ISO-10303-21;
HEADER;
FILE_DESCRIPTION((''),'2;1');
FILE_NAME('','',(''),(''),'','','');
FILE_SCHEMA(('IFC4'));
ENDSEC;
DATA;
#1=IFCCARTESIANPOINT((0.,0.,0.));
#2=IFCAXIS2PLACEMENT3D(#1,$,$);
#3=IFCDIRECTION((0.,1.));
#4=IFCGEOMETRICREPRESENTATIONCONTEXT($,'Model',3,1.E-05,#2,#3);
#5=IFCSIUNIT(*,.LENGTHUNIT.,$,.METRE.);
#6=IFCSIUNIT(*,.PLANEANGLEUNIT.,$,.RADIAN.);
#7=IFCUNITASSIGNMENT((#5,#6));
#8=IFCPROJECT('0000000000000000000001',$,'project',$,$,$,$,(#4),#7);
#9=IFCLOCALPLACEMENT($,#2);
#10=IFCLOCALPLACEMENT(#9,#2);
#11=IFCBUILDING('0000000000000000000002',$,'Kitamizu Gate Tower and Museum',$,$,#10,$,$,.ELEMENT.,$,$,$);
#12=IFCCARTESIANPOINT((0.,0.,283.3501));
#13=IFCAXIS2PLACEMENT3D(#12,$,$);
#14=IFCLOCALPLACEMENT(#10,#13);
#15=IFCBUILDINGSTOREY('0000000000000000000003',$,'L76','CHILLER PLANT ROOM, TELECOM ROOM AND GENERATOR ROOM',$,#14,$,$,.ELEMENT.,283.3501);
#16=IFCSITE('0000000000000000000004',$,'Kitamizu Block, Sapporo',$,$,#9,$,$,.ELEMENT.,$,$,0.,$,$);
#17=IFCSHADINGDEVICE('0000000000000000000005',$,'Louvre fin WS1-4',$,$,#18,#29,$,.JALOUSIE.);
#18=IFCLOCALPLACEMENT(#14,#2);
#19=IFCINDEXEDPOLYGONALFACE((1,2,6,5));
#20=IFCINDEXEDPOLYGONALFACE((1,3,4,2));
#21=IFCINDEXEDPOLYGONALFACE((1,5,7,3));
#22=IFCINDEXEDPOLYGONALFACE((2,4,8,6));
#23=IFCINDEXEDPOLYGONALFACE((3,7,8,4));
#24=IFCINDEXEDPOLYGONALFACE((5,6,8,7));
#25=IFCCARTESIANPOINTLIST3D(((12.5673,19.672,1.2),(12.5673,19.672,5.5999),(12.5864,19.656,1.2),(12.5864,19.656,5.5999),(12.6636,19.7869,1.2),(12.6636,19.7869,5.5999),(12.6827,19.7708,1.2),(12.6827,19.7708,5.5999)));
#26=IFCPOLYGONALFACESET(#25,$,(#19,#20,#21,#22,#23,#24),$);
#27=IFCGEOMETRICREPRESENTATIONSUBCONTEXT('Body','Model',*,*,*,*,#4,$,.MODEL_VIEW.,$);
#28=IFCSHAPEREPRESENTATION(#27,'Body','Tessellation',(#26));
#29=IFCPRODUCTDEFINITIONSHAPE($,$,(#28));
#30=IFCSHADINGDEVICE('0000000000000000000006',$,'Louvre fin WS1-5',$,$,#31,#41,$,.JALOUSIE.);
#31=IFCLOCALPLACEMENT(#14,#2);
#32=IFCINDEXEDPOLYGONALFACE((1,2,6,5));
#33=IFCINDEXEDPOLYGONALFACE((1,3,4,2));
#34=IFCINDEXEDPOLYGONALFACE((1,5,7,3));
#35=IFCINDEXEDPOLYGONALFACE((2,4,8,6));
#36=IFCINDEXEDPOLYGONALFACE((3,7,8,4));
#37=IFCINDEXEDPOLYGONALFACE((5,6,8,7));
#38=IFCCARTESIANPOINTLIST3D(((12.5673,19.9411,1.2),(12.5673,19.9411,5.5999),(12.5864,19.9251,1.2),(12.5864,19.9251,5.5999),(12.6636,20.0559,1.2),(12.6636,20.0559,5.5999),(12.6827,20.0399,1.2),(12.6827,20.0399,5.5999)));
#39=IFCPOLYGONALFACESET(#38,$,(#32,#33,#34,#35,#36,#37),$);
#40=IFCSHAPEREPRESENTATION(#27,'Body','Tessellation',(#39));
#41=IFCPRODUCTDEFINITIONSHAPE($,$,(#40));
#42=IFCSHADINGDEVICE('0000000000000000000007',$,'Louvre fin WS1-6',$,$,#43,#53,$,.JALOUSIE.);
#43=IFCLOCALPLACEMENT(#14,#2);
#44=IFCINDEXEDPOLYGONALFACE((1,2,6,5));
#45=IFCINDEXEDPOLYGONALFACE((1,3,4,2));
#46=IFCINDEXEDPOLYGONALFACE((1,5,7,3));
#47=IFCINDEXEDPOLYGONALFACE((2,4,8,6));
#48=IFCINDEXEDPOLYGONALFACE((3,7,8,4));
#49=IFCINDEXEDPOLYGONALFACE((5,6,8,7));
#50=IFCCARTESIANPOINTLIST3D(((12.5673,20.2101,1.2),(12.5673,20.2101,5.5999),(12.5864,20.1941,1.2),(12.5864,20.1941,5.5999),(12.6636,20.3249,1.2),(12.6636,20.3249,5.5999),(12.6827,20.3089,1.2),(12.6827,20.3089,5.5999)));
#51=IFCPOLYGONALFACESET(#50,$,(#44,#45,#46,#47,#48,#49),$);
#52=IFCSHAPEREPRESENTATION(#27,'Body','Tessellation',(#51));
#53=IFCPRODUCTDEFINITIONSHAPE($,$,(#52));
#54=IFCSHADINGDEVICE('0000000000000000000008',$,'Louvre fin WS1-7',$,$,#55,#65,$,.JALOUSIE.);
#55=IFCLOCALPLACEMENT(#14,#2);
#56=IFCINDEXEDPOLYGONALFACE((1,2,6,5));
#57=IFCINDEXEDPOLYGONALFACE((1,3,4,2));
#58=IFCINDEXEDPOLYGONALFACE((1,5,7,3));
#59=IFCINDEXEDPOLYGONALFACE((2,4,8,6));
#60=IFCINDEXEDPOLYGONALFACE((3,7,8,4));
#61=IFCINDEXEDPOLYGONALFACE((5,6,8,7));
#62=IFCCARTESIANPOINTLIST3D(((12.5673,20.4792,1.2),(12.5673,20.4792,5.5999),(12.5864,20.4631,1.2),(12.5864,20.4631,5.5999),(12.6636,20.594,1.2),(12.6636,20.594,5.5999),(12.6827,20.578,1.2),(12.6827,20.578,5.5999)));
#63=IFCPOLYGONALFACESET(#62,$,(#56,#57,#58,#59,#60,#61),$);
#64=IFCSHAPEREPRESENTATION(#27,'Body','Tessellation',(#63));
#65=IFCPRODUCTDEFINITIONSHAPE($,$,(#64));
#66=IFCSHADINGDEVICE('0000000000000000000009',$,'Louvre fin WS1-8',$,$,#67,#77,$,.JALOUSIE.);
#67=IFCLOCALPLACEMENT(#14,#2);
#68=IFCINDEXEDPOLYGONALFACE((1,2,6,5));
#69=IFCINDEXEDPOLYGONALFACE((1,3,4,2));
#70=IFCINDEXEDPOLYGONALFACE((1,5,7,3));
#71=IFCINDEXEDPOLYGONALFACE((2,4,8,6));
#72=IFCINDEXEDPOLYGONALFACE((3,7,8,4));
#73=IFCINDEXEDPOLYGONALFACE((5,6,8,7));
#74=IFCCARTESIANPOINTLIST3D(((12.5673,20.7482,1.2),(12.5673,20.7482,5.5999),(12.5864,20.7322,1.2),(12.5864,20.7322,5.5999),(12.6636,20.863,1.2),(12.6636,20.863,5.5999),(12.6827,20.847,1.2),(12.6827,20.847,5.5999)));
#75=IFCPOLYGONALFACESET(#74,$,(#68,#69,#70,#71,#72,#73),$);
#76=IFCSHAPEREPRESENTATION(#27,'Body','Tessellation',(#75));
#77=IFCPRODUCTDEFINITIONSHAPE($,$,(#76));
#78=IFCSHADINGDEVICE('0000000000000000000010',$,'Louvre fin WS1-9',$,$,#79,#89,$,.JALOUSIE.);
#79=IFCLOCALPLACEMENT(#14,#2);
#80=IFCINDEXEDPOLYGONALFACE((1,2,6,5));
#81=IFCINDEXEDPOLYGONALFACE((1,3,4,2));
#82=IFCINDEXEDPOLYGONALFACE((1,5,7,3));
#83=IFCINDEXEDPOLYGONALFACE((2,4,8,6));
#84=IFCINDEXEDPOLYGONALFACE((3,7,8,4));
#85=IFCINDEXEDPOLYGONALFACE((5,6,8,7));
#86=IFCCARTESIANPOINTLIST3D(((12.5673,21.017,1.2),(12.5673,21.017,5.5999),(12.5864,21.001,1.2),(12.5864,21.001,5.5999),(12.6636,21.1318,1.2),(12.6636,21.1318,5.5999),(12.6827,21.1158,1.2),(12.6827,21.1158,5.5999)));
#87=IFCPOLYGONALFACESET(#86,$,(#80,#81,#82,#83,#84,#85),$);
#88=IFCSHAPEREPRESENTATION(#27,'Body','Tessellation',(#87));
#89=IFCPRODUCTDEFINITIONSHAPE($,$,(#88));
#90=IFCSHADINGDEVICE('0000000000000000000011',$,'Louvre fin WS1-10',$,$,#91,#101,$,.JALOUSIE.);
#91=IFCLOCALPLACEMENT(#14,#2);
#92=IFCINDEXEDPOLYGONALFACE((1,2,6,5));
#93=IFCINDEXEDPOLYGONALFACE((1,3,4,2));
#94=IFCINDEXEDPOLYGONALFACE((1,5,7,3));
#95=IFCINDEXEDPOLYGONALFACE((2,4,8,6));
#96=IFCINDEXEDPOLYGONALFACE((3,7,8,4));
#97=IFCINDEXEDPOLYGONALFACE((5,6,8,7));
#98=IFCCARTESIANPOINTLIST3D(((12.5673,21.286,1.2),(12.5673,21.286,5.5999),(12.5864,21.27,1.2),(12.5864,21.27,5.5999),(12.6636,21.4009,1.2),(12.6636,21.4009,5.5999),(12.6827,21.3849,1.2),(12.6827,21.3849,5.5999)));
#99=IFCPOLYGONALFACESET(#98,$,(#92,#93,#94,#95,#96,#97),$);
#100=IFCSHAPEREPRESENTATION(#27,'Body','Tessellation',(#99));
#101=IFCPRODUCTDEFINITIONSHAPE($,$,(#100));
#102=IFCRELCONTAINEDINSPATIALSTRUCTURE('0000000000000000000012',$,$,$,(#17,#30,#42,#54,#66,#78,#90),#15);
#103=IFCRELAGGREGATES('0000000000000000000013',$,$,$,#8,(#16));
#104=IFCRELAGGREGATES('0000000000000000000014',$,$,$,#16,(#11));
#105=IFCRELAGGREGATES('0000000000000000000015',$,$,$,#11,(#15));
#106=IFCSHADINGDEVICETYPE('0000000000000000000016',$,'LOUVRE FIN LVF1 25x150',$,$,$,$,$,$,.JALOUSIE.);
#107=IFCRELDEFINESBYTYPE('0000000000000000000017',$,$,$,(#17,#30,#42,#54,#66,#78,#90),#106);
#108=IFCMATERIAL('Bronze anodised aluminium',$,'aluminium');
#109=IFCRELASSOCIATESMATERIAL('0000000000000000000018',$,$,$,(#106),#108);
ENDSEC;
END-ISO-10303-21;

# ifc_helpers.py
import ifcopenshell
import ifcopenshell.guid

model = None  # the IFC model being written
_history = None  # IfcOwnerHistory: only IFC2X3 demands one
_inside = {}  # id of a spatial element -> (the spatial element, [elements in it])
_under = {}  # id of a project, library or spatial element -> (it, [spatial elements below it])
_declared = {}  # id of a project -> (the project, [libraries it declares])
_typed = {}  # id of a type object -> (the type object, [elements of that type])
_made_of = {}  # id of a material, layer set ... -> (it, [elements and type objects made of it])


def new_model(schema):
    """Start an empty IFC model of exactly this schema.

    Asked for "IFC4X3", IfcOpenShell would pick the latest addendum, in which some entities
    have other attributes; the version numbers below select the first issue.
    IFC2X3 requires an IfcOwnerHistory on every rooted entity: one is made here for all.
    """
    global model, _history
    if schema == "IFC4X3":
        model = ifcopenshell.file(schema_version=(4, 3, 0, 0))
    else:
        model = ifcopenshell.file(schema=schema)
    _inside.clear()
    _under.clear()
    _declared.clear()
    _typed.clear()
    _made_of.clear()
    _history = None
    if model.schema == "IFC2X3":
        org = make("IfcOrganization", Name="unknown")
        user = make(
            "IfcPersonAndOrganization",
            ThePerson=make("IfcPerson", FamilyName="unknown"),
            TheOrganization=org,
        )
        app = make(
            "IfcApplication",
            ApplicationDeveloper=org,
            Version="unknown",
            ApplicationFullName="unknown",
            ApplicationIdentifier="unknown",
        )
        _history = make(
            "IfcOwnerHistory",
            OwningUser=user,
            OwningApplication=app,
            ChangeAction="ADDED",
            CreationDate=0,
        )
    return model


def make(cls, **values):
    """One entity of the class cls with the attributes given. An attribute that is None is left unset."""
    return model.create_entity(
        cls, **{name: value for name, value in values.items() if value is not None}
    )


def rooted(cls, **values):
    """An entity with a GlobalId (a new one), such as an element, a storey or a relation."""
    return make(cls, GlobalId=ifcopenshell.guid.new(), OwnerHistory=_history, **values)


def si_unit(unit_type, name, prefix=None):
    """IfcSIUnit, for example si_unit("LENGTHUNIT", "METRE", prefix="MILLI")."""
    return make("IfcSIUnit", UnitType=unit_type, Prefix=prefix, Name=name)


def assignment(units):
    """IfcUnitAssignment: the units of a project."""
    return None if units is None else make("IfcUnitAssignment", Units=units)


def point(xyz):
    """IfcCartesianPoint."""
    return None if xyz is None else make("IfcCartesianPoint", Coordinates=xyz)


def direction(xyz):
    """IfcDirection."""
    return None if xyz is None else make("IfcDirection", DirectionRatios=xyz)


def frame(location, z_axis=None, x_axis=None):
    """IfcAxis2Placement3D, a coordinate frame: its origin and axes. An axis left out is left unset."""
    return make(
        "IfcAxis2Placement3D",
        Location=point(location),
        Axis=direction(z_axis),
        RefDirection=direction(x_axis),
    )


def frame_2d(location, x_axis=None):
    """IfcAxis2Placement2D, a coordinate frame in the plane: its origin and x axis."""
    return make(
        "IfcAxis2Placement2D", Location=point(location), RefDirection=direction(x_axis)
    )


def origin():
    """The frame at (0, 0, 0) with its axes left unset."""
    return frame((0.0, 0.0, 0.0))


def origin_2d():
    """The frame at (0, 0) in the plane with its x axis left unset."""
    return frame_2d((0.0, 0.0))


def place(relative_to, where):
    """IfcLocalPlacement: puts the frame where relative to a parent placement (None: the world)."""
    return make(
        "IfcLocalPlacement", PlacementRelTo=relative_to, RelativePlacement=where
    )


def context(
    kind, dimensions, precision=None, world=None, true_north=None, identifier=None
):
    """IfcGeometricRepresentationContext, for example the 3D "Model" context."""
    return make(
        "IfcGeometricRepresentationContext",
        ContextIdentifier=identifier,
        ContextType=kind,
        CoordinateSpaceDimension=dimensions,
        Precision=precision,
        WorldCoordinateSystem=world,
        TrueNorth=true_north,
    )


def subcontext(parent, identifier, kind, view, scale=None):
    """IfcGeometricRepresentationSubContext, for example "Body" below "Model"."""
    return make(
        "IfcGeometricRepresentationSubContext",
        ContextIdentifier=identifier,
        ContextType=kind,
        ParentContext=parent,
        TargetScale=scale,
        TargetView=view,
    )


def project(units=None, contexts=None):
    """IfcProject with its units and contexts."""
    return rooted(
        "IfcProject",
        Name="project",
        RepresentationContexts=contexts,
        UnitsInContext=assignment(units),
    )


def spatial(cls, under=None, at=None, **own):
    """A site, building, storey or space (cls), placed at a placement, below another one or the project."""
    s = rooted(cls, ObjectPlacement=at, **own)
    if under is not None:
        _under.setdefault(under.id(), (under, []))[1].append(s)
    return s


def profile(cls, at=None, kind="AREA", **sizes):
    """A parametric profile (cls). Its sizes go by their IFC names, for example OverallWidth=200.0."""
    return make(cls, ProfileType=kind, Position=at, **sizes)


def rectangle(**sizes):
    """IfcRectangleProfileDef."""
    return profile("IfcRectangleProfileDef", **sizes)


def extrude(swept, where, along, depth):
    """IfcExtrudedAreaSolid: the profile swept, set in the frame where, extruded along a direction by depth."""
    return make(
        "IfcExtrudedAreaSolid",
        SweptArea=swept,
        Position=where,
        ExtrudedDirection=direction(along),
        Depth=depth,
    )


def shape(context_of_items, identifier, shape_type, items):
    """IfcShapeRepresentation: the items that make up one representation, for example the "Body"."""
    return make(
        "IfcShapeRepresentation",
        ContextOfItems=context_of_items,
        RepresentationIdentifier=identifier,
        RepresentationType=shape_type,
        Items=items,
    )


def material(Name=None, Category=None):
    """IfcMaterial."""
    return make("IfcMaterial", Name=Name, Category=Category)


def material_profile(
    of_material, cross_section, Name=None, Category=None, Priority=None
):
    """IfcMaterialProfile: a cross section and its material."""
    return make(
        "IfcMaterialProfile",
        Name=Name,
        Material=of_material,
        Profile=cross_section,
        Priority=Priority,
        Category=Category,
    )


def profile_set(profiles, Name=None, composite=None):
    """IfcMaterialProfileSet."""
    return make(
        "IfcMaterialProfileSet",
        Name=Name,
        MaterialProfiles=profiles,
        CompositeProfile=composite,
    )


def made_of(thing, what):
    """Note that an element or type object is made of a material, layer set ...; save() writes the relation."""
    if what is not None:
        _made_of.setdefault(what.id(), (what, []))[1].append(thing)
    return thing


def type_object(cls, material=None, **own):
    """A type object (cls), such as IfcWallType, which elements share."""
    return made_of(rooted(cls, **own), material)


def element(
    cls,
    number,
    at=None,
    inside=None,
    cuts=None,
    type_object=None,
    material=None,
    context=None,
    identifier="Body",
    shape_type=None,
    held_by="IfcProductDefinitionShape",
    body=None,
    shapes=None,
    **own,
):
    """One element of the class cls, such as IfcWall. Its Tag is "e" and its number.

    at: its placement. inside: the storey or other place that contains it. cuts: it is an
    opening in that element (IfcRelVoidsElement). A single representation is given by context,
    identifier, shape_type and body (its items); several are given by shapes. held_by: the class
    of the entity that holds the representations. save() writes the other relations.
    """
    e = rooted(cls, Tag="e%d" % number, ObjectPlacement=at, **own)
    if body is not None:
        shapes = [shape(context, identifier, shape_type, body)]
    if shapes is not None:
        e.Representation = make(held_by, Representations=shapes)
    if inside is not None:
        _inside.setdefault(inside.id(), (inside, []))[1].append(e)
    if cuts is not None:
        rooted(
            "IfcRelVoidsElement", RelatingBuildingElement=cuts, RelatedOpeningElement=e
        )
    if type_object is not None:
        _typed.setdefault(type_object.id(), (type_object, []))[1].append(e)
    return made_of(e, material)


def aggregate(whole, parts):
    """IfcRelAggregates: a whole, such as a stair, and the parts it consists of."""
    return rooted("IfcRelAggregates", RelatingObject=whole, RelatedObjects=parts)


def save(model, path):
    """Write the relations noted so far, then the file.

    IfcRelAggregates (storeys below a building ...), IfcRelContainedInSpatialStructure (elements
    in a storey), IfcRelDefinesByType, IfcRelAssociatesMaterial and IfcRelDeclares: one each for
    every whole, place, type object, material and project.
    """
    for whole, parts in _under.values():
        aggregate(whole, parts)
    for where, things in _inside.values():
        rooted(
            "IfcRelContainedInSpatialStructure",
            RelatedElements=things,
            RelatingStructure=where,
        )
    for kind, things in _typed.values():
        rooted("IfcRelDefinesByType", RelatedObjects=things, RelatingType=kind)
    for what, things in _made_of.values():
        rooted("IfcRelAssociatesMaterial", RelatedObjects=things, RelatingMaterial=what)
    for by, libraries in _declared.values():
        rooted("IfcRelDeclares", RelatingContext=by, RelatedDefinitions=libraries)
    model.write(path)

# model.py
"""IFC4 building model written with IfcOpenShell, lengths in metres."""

from ifc_helpers import new_model, si_unit, direction, frame, origin, origin_2d, place, context, subcontext, project, spatial, rectangle, extrude, material, material_profile, profile_set, type_object, element, save


model = new_model("IFC4")

# Units and contexts
model_context = context("Model", 3, precision=1e-05, world=origin(), true_north=direction((0.0, 1.0)))
body_context = subcontext(model_context, "Body", "Model", "MODEL_VIEW")
ifc_project = project(units=[si_unit("LENGTHUNIT", "METRE"), si_unit("PLANEANGLEUNIT", "RADIAN")], contexts=[model_context])

# Site, building, storey
site_placement = place(None, origin())
site = spatial("IfcSite", under=ifc_project, at=site_placement, Name="Kitamizu Block, Sapporo", CompositionType="ELEMENT", RefElevation=0.0)
building_placement = place(site_placement, origin())
building = spatial("IfcBuilding", under=site, at=building_placement, Name="Kitamizu Gate Tower and Museum", CompositionType="ELEMENT")
storey_placement = place(building_placement, frame((0.0, 0.0, 283.3501)))
storey = spatial("IfcBuildingStorey", under=building, at=storey_placement, Name="L76", Description="CHILLER PLANT ROOM, TELECOM ROOM AND GENERATOR ROOM", CompositionType="ELEMENT", Elevation=283.3501)

# Shading devices
ifc_material_1 = material(Name="Bronze anodised aluminium", Category="aluminium")
ifc_material_profile_1 = material_profile(ifc_material_1, rectangle(XDim=0.1499, YDim=0.0249, at=origin_2d()), Name="AL 25x150")
ifc_profile_set_1 = profile_set([ifc_material_profile_1], Name="Bronze anodised aluminium")
shading_device_type = type_object("IfcShadingDeviceType", Name="LOUVRE FIN LVF1 25x150", PredefinedType="JALOUSIE", material=ifc_profile_set_1)
for number, where, z_axis, x_axis, name in (
    (1, (12.625, 19.7214, 1.2), (0.0, 0.0, 1.0), (0.642788, 0.766044, 0.0), "Louvre fin WS1-4"),
    (2, (12.625, 19.9905, 1.2), (0.0, 0.0, 1.0), (0.642788, 0.766044, 0.0), "Louvre fin WS1-5"),
    (3, (12.625, 20.2595, 1.2), (0.0, 0.0, 1.0), (0.642788, 0.766044, 0.0), "Louvre fin WS1-6"),
    (4, (12.625, 20.5286, 1.2), (0.0, 0.0, 1.0), (0.642788, 0.766044, 0.0), "Louvre fin WS1-7"),
    (5, (12.625, 20.7976, 1.2), (0.0, 0.0, 1.0), (0.642788, 0.766044, 0.0), "Louvre fin WS1-8"),
    (6, (12.625, 21.0664, 1.2), (0.0, 0.0, 1.0), (0.642788, 0.766044, 0.0), "Louvre fin WS1-9"),
    (7, (12.625, 21.3354, 1.2), (0.0, 0.0, 1.0), (0.642788, 0.766044, 0.0), "Louvre fin WS1-10"),
):
    element("IfcShadingDevice", number, at=place(storey_placement, frame(where, z_axis=z_axis, x_axis=x_axis)), inside=storey, type_object=shading_device_type, Name=name, PredefinedType="JALOUSIE", context=body_context, shape_type="SweptSolid", body=[
        extrude(rectangle(XDim=0.1499, YDim=0.0249, at=origin_2d()), origin(), (0.0, 0.0, 1.0), 4.3999),
    ])

save(model, "model.ifc")
